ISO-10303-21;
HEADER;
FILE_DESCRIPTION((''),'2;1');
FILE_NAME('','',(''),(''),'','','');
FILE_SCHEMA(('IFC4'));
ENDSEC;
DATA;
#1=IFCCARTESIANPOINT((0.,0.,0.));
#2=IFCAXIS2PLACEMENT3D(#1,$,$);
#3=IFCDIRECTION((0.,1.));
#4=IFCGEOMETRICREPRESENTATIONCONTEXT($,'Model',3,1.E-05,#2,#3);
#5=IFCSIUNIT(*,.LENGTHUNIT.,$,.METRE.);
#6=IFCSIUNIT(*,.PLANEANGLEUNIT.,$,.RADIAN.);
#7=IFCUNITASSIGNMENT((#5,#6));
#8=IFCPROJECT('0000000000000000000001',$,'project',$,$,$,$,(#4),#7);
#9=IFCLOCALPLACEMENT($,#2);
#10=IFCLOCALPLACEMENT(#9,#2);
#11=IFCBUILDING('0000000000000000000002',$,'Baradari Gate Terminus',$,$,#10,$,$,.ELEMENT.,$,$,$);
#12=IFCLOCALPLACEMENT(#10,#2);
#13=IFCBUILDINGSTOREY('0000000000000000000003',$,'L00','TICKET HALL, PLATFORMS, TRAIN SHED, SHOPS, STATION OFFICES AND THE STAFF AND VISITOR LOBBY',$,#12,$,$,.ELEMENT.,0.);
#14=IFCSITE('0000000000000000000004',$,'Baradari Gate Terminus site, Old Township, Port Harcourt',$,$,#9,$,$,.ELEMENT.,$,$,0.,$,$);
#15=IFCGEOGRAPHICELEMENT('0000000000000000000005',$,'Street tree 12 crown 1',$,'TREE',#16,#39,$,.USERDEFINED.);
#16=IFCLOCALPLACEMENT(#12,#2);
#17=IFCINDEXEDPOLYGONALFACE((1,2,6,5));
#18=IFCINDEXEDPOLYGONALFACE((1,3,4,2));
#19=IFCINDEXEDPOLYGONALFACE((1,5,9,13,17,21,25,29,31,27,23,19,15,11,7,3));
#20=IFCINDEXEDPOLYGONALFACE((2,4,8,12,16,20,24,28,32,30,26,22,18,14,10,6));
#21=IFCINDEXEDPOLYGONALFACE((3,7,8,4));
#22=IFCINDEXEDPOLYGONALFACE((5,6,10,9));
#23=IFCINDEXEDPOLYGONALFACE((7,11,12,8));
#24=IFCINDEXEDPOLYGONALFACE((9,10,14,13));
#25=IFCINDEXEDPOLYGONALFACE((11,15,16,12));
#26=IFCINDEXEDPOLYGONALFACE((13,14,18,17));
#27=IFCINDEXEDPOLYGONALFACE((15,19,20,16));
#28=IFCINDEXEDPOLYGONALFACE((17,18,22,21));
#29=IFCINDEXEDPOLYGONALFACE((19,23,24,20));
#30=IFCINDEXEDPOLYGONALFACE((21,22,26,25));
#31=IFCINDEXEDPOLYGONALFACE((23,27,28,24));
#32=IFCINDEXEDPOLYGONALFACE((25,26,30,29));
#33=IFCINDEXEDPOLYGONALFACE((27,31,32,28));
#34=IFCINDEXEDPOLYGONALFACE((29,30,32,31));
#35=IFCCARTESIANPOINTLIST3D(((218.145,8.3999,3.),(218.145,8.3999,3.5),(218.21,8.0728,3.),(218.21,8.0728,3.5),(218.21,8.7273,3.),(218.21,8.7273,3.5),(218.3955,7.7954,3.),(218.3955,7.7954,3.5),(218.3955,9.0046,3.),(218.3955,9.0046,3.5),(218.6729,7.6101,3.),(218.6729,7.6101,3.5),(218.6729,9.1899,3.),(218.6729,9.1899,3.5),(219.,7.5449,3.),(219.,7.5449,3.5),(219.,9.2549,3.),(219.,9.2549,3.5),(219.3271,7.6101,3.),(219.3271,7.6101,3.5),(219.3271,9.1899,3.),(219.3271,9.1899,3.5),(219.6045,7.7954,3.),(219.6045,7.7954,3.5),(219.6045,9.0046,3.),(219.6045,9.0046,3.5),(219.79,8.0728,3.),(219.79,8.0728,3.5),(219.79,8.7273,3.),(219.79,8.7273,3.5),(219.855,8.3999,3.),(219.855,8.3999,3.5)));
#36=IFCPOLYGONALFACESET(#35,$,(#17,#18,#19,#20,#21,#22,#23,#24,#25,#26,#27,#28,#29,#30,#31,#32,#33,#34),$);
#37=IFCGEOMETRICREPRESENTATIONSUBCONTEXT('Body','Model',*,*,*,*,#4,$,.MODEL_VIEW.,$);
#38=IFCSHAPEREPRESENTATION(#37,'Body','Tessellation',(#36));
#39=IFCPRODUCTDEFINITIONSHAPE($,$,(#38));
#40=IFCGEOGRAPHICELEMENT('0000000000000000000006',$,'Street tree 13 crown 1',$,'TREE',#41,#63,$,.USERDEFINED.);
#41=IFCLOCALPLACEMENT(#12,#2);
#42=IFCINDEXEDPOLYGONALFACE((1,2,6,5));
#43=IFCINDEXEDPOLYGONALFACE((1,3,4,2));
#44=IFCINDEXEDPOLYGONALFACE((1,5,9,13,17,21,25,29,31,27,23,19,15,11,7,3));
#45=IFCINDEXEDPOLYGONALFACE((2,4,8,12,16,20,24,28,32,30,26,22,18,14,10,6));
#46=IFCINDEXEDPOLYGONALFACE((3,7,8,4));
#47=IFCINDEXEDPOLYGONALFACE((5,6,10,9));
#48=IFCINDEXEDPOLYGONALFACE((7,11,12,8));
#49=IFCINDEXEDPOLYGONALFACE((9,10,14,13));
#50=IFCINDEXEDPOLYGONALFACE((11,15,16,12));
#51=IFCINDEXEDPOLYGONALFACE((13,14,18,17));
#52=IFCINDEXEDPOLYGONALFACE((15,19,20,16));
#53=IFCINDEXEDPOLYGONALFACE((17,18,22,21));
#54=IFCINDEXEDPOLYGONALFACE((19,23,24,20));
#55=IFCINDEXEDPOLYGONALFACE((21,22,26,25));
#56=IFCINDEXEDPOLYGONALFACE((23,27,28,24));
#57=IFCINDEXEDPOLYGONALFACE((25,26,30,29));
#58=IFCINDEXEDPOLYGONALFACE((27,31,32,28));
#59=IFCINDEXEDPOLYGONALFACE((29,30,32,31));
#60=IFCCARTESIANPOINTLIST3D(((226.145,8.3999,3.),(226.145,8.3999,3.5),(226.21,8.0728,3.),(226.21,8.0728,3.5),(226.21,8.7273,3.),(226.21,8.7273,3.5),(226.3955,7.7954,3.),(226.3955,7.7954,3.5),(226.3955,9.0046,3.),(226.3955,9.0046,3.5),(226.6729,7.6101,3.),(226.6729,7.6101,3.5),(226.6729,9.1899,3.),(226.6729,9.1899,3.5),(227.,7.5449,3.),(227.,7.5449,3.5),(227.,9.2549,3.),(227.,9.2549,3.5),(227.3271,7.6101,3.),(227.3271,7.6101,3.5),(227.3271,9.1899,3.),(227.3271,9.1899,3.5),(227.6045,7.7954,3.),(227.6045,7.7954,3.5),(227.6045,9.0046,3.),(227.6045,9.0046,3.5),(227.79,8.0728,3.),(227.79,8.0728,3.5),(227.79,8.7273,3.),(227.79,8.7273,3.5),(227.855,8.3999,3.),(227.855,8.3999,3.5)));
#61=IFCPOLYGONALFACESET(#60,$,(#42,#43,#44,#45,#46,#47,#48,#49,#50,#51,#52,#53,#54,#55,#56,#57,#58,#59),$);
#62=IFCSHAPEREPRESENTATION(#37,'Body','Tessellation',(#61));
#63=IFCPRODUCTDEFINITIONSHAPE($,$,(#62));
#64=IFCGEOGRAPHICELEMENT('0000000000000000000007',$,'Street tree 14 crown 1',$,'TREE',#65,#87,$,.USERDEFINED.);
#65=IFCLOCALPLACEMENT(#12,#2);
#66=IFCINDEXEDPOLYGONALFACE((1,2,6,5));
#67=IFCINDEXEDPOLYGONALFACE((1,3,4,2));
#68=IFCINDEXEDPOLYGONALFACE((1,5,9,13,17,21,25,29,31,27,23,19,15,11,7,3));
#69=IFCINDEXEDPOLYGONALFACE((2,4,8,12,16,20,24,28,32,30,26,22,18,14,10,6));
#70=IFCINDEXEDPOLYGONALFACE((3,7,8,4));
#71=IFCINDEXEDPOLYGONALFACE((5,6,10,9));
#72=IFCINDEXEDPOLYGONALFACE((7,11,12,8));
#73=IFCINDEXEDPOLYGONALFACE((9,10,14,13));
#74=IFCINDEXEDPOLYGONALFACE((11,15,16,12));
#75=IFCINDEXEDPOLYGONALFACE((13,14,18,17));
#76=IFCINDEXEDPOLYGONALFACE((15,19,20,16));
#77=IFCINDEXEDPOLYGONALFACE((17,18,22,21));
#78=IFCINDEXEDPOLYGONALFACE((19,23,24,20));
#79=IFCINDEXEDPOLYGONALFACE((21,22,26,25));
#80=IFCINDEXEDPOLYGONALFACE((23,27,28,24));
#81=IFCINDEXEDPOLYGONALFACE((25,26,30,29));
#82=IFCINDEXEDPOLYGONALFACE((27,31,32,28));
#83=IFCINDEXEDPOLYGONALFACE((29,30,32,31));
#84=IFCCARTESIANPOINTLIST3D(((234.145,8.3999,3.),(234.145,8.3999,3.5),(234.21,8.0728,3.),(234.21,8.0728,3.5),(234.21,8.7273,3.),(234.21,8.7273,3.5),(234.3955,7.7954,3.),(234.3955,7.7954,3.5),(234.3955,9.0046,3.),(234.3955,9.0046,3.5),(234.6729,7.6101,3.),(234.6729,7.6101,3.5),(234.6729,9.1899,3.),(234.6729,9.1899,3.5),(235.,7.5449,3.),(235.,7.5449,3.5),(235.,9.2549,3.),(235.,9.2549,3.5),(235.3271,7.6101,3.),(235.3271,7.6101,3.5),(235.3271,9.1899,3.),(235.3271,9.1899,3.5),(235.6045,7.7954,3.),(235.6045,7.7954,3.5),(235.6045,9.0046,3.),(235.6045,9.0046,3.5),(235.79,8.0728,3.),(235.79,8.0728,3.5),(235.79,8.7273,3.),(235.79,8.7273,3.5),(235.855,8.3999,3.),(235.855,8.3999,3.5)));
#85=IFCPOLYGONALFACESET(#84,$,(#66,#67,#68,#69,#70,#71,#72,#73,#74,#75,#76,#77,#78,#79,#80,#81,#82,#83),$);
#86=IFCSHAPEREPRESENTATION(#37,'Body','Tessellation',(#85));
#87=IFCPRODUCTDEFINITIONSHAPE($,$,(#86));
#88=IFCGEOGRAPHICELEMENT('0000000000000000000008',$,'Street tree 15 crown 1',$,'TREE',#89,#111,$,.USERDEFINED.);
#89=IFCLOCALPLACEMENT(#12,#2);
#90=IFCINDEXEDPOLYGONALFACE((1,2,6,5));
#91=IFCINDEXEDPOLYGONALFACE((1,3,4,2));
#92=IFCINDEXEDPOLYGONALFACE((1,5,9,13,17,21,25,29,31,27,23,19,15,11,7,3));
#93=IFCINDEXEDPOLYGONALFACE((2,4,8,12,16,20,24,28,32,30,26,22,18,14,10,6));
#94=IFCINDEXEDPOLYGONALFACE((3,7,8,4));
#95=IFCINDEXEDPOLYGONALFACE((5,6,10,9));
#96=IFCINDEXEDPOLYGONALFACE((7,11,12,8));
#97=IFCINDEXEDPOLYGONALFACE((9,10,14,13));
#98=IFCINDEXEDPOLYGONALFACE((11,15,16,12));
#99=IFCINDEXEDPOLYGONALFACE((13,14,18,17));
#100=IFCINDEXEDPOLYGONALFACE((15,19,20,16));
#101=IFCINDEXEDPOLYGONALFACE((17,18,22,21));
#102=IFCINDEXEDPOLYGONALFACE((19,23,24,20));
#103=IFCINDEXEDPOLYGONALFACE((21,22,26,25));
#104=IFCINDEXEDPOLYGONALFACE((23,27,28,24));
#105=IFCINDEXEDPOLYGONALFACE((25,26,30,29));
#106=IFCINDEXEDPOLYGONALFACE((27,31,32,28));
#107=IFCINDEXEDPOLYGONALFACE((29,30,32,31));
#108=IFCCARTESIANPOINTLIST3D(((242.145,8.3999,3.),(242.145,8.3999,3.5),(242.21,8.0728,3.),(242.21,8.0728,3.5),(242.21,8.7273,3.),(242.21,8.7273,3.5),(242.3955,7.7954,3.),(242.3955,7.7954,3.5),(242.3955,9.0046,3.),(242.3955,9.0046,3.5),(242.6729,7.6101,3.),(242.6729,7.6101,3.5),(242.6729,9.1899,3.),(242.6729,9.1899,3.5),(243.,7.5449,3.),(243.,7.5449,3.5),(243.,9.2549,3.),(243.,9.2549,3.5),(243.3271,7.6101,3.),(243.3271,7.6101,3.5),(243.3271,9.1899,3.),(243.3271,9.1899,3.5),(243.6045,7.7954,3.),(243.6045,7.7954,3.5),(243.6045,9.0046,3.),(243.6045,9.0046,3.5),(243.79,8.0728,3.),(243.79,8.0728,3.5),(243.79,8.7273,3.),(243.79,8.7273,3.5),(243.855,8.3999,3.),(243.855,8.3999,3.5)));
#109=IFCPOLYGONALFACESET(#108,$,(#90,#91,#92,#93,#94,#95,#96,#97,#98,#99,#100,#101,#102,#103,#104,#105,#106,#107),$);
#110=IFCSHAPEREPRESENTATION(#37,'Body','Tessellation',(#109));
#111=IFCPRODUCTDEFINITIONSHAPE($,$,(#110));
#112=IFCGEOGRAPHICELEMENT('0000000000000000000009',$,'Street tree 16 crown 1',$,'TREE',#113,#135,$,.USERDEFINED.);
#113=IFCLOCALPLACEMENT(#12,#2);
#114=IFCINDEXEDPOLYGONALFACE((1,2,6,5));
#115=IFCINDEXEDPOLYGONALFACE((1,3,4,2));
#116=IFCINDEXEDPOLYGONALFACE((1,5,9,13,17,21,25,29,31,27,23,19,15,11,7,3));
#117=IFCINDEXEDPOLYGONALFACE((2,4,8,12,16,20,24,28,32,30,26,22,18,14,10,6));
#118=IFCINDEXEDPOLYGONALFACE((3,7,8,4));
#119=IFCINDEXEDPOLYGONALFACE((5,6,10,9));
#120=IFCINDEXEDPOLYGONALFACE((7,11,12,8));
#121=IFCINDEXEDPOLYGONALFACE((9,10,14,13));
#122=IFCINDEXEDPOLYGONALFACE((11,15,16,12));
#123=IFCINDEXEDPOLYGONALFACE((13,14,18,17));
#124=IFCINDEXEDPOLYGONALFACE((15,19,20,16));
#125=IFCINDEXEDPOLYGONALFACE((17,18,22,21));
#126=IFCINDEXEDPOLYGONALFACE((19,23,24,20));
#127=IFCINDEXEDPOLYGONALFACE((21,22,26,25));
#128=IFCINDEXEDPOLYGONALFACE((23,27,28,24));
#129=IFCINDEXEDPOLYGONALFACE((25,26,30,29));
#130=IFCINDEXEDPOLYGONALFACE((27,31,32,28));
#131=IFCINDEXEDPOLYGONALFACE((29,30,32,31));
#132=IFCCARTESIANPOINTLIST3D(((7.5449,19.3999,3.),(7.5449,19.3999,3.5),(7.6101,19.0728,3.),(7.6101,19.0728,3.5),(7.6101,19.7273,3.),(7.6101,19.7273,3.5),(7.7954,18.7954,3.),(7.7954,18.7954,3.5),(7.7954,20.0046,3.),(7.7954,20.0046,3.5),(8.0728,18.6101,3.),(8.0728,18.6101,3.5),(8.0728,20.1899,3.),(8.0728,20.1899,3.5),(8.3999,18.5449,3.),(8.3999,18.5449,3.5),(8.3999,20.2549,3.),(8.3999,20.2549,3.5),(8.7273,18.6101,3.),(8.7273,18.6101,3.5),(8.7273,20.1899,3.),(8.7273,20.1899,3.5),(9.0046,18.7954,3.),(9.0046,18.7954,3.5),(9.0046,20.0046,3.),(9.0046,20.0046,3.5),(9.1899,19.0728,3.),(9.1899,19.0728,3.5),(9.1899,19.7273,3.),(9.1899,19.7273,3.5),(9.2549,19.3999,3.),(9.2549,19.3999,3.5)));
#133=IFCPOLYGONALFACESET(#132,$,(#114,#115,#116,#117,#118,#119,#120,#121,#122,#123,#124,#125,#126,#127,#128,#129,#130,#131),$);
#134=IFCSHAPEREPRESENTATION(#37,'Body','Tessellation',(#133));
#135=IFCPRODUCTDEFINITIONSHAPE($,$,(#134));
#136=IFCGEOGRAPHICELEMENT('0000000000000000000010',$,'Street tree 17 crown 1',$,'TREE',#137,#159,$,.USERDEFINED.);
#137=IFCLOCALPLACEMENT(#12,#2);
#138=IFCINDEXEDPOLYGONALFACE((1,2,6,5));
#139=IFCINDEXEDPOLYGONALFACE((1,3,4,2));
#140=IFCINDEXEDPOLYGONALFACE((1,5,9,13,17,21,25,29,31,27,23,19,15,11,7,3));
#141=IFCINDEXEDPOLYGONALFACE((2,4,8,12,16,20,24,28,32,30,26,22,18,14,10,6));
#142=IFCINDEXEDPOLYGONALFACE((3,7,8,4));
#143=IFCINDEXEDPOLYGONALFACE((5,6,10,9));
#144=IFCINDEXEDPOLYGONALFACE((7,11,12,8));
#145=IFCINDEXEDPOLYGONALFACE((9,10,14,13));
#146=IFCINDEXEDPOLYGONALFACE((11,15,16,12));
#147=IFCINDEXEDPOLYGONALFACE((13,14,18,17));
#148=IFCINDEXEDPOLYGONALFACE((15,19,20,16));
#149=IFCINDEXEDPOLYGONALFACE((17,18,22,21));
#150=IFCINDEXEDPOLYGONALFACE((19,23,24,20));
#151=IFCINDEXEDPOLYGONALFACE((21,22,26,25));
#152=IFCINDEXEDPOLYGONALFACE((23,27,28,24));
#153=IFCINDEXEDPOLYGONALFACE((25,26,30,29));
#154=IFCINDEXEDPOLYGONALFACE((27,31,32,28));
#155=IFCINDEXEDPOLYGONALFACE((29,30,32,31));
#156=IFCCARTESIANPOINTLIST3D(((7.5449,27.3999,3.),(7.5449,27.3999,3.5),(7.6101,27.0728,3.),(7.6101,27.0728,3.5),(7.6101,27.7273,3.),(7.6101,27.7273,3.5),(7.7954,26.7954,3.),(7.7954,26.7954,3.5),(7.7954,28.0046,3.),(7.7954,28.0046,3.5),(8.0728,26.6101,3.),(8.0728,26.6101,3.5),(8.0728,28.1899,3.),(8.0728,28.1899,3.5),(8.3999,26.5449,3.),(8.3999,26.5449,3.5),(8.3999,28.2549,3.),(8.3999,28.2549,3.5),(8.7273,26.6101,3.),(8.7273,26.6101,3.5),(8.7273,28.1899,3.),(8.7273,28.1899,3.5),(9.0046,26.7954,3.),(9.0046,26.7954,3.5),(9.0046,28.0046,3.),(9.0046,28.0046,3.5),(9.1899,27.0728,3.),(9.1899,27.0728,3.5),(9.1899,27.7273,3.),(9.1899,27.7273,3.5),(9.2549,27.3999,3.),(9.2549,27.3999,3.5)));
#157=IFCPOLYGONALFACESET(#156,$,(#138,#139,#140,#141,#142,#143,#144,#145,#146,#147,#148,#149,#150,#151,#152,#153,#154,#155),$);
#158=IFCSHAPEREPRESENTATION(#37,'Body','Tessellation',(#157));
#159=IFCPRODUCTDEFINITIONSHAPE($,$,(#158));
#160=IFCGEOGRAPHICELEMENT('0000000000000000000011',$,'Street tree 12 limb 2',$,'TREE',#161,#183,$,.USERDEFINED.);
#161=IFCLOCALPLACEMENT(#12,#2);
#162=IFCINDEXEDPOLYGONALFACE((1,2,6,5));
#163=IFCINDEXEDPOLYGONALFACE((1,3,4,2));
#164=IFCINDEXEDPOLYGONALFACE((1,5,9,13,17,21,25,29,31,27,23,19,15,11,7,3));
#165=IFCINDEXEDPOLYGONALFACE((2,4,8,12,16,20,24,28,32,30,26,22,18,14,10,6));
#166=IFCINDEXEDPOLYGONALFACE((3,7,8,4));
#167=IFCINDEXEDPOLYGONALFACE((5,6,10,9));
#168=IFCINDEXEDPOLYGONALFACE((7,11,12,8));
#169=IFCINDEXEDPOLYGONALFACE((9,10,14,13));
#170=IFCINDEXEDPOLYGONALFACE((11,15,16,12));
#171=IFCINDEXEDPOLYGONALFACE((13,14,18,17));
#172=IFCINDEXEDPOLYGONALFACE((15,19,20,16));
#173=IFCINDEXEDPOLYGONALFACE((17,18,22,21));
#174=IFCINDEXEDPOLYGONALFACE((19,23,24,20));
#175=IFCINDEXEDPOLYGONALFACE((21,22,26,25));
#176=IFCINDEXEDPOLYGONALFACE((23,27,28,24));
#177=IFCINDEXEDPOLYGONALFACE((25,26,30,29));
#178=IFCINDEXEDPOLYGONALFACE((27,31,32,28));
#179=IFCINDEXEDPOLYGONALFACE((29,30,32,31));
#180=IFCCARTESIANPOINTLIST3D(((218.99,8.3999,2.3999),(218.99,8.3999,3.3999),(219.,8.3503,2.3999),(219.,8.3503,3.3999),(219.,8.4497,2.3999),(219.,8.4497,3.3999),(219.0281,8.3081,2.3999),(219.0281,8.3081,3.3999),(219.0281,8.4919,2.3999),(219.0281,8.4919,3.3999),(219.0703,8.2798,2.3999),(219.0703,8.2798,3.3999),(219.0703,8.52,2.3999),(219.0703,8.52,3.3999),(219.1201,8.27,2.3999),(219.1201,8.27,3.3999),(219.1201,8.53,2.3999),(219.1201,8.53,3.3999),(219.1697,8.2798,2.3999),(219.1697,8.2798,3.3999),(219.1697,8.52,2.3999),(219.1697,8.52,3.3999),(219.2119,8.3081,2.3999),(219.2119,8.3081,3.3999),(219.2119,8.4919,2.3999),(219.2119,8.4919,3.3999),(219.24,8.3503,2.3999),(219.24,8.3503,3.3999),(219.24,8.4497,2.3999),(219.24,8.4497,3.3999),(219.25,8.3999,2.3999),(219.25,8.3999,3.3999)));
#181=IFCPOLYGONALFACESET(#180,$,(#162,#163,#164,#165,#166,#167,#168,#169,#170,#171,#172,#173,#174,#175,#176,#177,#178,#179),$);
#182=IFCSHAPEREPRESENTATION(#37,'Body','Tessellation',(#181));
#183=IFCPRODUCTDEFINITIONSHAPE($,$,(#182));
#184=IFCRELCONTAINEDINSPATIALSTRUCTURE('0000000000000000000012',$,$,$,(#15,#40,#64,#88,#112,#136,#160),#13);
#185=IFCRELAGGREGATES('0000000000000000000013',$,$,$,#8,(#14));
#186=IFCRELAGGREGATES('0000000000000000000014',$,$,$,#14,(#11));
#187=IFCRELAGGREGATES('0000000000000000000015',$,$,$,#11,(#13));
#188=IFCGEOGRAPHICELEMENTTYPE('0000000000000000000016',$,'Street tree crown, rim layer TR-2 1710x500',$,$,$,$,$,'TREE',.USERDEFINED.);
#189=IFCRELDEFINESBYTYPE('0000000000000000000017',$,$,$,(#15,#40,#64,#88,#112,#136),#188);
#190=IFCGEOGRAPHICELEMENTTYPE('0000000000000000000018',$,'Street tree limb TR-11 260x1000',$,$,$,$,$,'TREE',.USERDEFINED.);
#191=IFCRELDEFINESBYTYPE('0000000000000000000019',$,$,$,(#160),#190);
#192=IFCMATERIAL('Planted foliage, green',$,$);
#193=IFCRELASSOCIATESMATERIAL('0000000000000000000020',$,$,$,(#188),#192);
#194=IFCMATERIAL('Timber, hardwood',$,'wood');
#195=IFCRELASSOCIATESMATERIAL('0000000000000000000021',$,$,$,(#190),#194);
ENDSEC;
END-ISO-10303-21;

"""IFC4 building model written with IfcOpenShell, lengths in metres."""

from ifc_helpers import new_model, si_unit, direction, frame, origin, place, context, subcontext, project, spatial, polyline, outline, extrude, material, type_object, element, save


model = new_model("IFC4")

# Units and contexts
model_context = context("Model", 3, precision=1e-05, world=origin(), true_north=direction((0.0, 1.0)))
body_context = subcontext(model_context, "Body", "Model", "MODEL_VIEW")
ifc_project = project(units=[si_unit("LENGTHUNIT", "METRE"), si_unit("PLANEANGLEUNIT", "RADIAN")], contexts=[model_context])

# Site, building, storey
site_placement = place(None, origin())
site = spatial("IfcSite", under=ifc_project, at=site_placement, Name="Baradari Gate Terminus site, Old Township, Port Harcourt", CompositionType="ELEMENT", RefElevation=0.0)
building_placement = place(site_placement, origin())
building = spatial("IfcBuilding", under=site, at=building_placement, Name="Baradari Gate Terminus", CompositionType="ELEMENT")
storey_placement = place(building_placement, origin())
storey = spatial("IfcBuildingStorey", under=building, at=storey_placement, Name="L00", Description="TICKET HALL, PLATFORMS, TRAIN SHED, SHOPS, STATION OFFICES AND THE STAFF AND VISITOR LOBBY", CompositionType="ELEMENT", Elevation=0.0)

# Geographic elements
ifc_material_1 = material(Name="Planted foliage, green")
geographic_element_type_1 = type_object("IfcGeographicElementType", Name="Street tree crown, rim layer TR-2 1710x500", ElementType="TREE", PredefinedType="USERDEFINED", material=ifc_material_1)
geographic_element_1_placement = place(storey_placement, frame((0.0, 0.0, 3.0)))
element("IfcGeographicElement", 1, at=geographic_element_1_placement, inside=storey, type_object=geographic_element_type_1, Name="Street tree 12 crown 1", ObjectType="TREE", PredefinedType="USERDEFINED", context=body_context, shape_type="SweptSolid", body=[
    extrude(outline(polyline([(219.855, 8.3999), (219.79, 8.7273), (219.6045, 9.0046), (219.3271, 9.1899), (219.0, 9.2549), (218.6729, 9.1899), (218.3955, 9.0046), (218.21, 8.7273), (218.145, 8.3999), (218.21, 8.0728), (218.3955, 7.7954), (218.6729, 7.6101), (219.0, 7.5449), (219.3271, 7.6101), (219.6045, 7.7954), (219.79, 8.0728), (219.855, 8.3999)])), origin(), (0.0, 0.0, 1.0), 0.5),
])
geographic_element_2_placement = place(storey_placement, frame((0.0, 0.0, 3.0)))
element("IfcGeographicElement", 2, at=geographic_element_2_placement, inside=storey, type_object=geographic_element_type_1, Name="Street tree 13 crown 1", ObjectType="TREE", PredefinedType="USERDEFINED", context=body_context, shape_type="SweptSolid", body=[
    extrude(outline(polyline([(227.855, 8.3999), (227.79, 8.7273), (227.6045, 9.0046), (227.3271, 9.1899), (227.0, 9.2549), (226.6729, 9.1899), (226.3955, 9.0046), (226.21, 8.7273), (226.145, 8.3999), (226.21, 8.0728), (226.3955, 7.7954), (226.6729, 7.6101), (227.0, 7.5449), (227.3271, 7.6101), (227.6045, 7.7954), (227.79, 8.0728), (227.855, 8.3999)])), origin(), (0.0, 0.0, 1.0), 0.5),
])
geographic_element_3_placement = place(storey_placement, frame((0.0, 0.0, 3.0)))
element("IfcGeographicElement", 3, at=geographic_element_3_placement, inside=storey, type_object=geographic_element_type_1, Name="Street tree 14 crown 1", ObjectType="TREE", PredefinedType="USERDEFINED", context=body_context, shape_type="SweptSolid", body=[
    extrude(outline(polyline([(235.855, 8.3999), (235.79, 8.7273), (235.6045, 9.0046), (235.3271, 9.1899), (235.0, 9.2549), (234.6729, 9.1899), (234.3955, 9.0046), (234.21, 8.7273), (234.145, 8.3999), (234.21, 8.0728), (234.3955, 7.7954), (234.6729, 7.6101), (235.0, 7.5449), (235.3271, 7.6101), (235.6045, 7.7954), (235.79, 8.0728), (235.855, 8.3999)])), origin(), (0.0, 0.0, 1.0), 0.5),
])
geographic_element_4_placement = place(storey_placement, frame((0.0, 0.0, 3.0)))
element("IfcGeographicElement", 4, at=geographic_element_4_placement, inside=storey, type_object=geographic_element_type_1, Name="Street tree 15 crown 1", ObjectType="TREE", PredefinedType="USERDEFINED", context=body_context, shape_type="SweptSolid", body=[
    extrude(outline(polyline([(243.855, 8.3999), (243.79, 8.7273), (243.6045, 9.0046), (243.3271, 9.1899), (243.0, 9.2549), (242.6729, 9.1899), (242.3955, 9.0046), (242.21, 8.7273), (242.145, 8.3999), (242.21, 8.0728), (242.3955, 7.7954), (242.6729, 7.6101), (243.0, 7.5449), (243.3271, 7.6101), (243.6045, 7.7954), (243.79, 8.0728), (243.855, 8.3999)])), origin(), (0.0, 0.0, 1.0), 0.5),
])
geographic_element_5_placement = place(storey_placement, frame((0.0, 0.0, 3.0)))
element("IfcGeographicElement", 5, at=geographic_element_5_placement, inside=storey, type_object=geographic_element_type_1, Name="Street tree 16 crown 1", ObjectType="TREE", PredefinedType="USERDEFINED", context=body_context, shape_type="SweptSolid", body=[
    extrude(outline(polyline([(9.2549, 19.3999), (9.1899, 19.7273), (9.0046, 20.0046), (8.7273, 20.1899), (8.3999, 20.2549), (8.0728, 20.1899), (7.7954, 20.0046), (7.6101, 19.7273), (7.5449, 19.3999), (7.6101, 19.0728), (7.7954, 18.7954), (8.0728, 18.6101), (8.3999, 18.5449), (8.7273, 18.6101), (9.0046, 18.7954), (9.1899, 19.0728), (9.2549, 19.3999)])), origin(), (0.0, 0.0, 1.0), 0.5),
])
geographic_element_6_placement = place(storey_placement, frame((0.0, 0.0, 3.0)))
element("IfcGeographicElement", 6, at=geographic_element_6_placement, inside=storey, type_object=geographic_element_type_1, Name="Street tree 17 crown 1", ObjectType="TREE", PredefinedType="USERDEFINED", context=body_context, shape_type="SweptSolid", body=[
    extrude(outline(polyline([(9.2549, 27.3999), (9.1899, 27.7273), (9.0046, 28.0046), (8.7273, 28.1899), (8.3999, 28.2549), (8.0728, 28.1899), (7.7954, 28.0046), (7.6101, 27.7273), (7.5449, 27.3999), (7.6101, 27.0728), (7.7954, 26.7954), (8.0728, 26.6101), (8.3999, 26.5449), (8.7273, 26.6101), (9.0046, 26.7954), (9.1899, 27.0728), (9.2549, 27.3999)])), origin(), (0.0, 0.0, 1.0), 0.5),
])
ifc_material_2 = material(Name="Timber, hardwood", Category="wood")
geographic_element_type_2 = type_object("IfcGeographicElementType", Name="Street tree limb TR-11 260x1000", ElementType="TREE", PredefinedType="USERDEFINED", material=ifc_material_2)
geographic_element_7_placement = place(storey_placement, frame((0.0, 0.0, 2.3999)))
element("IfcGeographicElement", 7, at=geographic_element_7_placement, inside=storey, type_object=geographic_element_type_2, Name="Street tree 12 limb 2", ObjectType="TREE", PredefinedType="USERDEFINED", context=body_context, shape_type="SweptSolid", body=[
    extrude(outline(polyline([(219.25, 8.3999), (219.24, 8.4497), (219.2119, 8.4919), (219.1697, 8.52), (219.1201, 8.53), (219.0703, 8.52), (219.0281, 8.4919), (219.0, 8.4497), (218.99, 8.3999), (219.0, 8.3503), (219.0281, 8.3081), (219.0703, 8.2798), (219.1201, 8.27), (219.1697, 8.2798), (219.2119, 8.3081), (219.24, 8.3503), (219.25, 8.3999)])), origin(), (0.0, 0.0, 1.0), 1.0),
])

save(model, "model.ifc")
